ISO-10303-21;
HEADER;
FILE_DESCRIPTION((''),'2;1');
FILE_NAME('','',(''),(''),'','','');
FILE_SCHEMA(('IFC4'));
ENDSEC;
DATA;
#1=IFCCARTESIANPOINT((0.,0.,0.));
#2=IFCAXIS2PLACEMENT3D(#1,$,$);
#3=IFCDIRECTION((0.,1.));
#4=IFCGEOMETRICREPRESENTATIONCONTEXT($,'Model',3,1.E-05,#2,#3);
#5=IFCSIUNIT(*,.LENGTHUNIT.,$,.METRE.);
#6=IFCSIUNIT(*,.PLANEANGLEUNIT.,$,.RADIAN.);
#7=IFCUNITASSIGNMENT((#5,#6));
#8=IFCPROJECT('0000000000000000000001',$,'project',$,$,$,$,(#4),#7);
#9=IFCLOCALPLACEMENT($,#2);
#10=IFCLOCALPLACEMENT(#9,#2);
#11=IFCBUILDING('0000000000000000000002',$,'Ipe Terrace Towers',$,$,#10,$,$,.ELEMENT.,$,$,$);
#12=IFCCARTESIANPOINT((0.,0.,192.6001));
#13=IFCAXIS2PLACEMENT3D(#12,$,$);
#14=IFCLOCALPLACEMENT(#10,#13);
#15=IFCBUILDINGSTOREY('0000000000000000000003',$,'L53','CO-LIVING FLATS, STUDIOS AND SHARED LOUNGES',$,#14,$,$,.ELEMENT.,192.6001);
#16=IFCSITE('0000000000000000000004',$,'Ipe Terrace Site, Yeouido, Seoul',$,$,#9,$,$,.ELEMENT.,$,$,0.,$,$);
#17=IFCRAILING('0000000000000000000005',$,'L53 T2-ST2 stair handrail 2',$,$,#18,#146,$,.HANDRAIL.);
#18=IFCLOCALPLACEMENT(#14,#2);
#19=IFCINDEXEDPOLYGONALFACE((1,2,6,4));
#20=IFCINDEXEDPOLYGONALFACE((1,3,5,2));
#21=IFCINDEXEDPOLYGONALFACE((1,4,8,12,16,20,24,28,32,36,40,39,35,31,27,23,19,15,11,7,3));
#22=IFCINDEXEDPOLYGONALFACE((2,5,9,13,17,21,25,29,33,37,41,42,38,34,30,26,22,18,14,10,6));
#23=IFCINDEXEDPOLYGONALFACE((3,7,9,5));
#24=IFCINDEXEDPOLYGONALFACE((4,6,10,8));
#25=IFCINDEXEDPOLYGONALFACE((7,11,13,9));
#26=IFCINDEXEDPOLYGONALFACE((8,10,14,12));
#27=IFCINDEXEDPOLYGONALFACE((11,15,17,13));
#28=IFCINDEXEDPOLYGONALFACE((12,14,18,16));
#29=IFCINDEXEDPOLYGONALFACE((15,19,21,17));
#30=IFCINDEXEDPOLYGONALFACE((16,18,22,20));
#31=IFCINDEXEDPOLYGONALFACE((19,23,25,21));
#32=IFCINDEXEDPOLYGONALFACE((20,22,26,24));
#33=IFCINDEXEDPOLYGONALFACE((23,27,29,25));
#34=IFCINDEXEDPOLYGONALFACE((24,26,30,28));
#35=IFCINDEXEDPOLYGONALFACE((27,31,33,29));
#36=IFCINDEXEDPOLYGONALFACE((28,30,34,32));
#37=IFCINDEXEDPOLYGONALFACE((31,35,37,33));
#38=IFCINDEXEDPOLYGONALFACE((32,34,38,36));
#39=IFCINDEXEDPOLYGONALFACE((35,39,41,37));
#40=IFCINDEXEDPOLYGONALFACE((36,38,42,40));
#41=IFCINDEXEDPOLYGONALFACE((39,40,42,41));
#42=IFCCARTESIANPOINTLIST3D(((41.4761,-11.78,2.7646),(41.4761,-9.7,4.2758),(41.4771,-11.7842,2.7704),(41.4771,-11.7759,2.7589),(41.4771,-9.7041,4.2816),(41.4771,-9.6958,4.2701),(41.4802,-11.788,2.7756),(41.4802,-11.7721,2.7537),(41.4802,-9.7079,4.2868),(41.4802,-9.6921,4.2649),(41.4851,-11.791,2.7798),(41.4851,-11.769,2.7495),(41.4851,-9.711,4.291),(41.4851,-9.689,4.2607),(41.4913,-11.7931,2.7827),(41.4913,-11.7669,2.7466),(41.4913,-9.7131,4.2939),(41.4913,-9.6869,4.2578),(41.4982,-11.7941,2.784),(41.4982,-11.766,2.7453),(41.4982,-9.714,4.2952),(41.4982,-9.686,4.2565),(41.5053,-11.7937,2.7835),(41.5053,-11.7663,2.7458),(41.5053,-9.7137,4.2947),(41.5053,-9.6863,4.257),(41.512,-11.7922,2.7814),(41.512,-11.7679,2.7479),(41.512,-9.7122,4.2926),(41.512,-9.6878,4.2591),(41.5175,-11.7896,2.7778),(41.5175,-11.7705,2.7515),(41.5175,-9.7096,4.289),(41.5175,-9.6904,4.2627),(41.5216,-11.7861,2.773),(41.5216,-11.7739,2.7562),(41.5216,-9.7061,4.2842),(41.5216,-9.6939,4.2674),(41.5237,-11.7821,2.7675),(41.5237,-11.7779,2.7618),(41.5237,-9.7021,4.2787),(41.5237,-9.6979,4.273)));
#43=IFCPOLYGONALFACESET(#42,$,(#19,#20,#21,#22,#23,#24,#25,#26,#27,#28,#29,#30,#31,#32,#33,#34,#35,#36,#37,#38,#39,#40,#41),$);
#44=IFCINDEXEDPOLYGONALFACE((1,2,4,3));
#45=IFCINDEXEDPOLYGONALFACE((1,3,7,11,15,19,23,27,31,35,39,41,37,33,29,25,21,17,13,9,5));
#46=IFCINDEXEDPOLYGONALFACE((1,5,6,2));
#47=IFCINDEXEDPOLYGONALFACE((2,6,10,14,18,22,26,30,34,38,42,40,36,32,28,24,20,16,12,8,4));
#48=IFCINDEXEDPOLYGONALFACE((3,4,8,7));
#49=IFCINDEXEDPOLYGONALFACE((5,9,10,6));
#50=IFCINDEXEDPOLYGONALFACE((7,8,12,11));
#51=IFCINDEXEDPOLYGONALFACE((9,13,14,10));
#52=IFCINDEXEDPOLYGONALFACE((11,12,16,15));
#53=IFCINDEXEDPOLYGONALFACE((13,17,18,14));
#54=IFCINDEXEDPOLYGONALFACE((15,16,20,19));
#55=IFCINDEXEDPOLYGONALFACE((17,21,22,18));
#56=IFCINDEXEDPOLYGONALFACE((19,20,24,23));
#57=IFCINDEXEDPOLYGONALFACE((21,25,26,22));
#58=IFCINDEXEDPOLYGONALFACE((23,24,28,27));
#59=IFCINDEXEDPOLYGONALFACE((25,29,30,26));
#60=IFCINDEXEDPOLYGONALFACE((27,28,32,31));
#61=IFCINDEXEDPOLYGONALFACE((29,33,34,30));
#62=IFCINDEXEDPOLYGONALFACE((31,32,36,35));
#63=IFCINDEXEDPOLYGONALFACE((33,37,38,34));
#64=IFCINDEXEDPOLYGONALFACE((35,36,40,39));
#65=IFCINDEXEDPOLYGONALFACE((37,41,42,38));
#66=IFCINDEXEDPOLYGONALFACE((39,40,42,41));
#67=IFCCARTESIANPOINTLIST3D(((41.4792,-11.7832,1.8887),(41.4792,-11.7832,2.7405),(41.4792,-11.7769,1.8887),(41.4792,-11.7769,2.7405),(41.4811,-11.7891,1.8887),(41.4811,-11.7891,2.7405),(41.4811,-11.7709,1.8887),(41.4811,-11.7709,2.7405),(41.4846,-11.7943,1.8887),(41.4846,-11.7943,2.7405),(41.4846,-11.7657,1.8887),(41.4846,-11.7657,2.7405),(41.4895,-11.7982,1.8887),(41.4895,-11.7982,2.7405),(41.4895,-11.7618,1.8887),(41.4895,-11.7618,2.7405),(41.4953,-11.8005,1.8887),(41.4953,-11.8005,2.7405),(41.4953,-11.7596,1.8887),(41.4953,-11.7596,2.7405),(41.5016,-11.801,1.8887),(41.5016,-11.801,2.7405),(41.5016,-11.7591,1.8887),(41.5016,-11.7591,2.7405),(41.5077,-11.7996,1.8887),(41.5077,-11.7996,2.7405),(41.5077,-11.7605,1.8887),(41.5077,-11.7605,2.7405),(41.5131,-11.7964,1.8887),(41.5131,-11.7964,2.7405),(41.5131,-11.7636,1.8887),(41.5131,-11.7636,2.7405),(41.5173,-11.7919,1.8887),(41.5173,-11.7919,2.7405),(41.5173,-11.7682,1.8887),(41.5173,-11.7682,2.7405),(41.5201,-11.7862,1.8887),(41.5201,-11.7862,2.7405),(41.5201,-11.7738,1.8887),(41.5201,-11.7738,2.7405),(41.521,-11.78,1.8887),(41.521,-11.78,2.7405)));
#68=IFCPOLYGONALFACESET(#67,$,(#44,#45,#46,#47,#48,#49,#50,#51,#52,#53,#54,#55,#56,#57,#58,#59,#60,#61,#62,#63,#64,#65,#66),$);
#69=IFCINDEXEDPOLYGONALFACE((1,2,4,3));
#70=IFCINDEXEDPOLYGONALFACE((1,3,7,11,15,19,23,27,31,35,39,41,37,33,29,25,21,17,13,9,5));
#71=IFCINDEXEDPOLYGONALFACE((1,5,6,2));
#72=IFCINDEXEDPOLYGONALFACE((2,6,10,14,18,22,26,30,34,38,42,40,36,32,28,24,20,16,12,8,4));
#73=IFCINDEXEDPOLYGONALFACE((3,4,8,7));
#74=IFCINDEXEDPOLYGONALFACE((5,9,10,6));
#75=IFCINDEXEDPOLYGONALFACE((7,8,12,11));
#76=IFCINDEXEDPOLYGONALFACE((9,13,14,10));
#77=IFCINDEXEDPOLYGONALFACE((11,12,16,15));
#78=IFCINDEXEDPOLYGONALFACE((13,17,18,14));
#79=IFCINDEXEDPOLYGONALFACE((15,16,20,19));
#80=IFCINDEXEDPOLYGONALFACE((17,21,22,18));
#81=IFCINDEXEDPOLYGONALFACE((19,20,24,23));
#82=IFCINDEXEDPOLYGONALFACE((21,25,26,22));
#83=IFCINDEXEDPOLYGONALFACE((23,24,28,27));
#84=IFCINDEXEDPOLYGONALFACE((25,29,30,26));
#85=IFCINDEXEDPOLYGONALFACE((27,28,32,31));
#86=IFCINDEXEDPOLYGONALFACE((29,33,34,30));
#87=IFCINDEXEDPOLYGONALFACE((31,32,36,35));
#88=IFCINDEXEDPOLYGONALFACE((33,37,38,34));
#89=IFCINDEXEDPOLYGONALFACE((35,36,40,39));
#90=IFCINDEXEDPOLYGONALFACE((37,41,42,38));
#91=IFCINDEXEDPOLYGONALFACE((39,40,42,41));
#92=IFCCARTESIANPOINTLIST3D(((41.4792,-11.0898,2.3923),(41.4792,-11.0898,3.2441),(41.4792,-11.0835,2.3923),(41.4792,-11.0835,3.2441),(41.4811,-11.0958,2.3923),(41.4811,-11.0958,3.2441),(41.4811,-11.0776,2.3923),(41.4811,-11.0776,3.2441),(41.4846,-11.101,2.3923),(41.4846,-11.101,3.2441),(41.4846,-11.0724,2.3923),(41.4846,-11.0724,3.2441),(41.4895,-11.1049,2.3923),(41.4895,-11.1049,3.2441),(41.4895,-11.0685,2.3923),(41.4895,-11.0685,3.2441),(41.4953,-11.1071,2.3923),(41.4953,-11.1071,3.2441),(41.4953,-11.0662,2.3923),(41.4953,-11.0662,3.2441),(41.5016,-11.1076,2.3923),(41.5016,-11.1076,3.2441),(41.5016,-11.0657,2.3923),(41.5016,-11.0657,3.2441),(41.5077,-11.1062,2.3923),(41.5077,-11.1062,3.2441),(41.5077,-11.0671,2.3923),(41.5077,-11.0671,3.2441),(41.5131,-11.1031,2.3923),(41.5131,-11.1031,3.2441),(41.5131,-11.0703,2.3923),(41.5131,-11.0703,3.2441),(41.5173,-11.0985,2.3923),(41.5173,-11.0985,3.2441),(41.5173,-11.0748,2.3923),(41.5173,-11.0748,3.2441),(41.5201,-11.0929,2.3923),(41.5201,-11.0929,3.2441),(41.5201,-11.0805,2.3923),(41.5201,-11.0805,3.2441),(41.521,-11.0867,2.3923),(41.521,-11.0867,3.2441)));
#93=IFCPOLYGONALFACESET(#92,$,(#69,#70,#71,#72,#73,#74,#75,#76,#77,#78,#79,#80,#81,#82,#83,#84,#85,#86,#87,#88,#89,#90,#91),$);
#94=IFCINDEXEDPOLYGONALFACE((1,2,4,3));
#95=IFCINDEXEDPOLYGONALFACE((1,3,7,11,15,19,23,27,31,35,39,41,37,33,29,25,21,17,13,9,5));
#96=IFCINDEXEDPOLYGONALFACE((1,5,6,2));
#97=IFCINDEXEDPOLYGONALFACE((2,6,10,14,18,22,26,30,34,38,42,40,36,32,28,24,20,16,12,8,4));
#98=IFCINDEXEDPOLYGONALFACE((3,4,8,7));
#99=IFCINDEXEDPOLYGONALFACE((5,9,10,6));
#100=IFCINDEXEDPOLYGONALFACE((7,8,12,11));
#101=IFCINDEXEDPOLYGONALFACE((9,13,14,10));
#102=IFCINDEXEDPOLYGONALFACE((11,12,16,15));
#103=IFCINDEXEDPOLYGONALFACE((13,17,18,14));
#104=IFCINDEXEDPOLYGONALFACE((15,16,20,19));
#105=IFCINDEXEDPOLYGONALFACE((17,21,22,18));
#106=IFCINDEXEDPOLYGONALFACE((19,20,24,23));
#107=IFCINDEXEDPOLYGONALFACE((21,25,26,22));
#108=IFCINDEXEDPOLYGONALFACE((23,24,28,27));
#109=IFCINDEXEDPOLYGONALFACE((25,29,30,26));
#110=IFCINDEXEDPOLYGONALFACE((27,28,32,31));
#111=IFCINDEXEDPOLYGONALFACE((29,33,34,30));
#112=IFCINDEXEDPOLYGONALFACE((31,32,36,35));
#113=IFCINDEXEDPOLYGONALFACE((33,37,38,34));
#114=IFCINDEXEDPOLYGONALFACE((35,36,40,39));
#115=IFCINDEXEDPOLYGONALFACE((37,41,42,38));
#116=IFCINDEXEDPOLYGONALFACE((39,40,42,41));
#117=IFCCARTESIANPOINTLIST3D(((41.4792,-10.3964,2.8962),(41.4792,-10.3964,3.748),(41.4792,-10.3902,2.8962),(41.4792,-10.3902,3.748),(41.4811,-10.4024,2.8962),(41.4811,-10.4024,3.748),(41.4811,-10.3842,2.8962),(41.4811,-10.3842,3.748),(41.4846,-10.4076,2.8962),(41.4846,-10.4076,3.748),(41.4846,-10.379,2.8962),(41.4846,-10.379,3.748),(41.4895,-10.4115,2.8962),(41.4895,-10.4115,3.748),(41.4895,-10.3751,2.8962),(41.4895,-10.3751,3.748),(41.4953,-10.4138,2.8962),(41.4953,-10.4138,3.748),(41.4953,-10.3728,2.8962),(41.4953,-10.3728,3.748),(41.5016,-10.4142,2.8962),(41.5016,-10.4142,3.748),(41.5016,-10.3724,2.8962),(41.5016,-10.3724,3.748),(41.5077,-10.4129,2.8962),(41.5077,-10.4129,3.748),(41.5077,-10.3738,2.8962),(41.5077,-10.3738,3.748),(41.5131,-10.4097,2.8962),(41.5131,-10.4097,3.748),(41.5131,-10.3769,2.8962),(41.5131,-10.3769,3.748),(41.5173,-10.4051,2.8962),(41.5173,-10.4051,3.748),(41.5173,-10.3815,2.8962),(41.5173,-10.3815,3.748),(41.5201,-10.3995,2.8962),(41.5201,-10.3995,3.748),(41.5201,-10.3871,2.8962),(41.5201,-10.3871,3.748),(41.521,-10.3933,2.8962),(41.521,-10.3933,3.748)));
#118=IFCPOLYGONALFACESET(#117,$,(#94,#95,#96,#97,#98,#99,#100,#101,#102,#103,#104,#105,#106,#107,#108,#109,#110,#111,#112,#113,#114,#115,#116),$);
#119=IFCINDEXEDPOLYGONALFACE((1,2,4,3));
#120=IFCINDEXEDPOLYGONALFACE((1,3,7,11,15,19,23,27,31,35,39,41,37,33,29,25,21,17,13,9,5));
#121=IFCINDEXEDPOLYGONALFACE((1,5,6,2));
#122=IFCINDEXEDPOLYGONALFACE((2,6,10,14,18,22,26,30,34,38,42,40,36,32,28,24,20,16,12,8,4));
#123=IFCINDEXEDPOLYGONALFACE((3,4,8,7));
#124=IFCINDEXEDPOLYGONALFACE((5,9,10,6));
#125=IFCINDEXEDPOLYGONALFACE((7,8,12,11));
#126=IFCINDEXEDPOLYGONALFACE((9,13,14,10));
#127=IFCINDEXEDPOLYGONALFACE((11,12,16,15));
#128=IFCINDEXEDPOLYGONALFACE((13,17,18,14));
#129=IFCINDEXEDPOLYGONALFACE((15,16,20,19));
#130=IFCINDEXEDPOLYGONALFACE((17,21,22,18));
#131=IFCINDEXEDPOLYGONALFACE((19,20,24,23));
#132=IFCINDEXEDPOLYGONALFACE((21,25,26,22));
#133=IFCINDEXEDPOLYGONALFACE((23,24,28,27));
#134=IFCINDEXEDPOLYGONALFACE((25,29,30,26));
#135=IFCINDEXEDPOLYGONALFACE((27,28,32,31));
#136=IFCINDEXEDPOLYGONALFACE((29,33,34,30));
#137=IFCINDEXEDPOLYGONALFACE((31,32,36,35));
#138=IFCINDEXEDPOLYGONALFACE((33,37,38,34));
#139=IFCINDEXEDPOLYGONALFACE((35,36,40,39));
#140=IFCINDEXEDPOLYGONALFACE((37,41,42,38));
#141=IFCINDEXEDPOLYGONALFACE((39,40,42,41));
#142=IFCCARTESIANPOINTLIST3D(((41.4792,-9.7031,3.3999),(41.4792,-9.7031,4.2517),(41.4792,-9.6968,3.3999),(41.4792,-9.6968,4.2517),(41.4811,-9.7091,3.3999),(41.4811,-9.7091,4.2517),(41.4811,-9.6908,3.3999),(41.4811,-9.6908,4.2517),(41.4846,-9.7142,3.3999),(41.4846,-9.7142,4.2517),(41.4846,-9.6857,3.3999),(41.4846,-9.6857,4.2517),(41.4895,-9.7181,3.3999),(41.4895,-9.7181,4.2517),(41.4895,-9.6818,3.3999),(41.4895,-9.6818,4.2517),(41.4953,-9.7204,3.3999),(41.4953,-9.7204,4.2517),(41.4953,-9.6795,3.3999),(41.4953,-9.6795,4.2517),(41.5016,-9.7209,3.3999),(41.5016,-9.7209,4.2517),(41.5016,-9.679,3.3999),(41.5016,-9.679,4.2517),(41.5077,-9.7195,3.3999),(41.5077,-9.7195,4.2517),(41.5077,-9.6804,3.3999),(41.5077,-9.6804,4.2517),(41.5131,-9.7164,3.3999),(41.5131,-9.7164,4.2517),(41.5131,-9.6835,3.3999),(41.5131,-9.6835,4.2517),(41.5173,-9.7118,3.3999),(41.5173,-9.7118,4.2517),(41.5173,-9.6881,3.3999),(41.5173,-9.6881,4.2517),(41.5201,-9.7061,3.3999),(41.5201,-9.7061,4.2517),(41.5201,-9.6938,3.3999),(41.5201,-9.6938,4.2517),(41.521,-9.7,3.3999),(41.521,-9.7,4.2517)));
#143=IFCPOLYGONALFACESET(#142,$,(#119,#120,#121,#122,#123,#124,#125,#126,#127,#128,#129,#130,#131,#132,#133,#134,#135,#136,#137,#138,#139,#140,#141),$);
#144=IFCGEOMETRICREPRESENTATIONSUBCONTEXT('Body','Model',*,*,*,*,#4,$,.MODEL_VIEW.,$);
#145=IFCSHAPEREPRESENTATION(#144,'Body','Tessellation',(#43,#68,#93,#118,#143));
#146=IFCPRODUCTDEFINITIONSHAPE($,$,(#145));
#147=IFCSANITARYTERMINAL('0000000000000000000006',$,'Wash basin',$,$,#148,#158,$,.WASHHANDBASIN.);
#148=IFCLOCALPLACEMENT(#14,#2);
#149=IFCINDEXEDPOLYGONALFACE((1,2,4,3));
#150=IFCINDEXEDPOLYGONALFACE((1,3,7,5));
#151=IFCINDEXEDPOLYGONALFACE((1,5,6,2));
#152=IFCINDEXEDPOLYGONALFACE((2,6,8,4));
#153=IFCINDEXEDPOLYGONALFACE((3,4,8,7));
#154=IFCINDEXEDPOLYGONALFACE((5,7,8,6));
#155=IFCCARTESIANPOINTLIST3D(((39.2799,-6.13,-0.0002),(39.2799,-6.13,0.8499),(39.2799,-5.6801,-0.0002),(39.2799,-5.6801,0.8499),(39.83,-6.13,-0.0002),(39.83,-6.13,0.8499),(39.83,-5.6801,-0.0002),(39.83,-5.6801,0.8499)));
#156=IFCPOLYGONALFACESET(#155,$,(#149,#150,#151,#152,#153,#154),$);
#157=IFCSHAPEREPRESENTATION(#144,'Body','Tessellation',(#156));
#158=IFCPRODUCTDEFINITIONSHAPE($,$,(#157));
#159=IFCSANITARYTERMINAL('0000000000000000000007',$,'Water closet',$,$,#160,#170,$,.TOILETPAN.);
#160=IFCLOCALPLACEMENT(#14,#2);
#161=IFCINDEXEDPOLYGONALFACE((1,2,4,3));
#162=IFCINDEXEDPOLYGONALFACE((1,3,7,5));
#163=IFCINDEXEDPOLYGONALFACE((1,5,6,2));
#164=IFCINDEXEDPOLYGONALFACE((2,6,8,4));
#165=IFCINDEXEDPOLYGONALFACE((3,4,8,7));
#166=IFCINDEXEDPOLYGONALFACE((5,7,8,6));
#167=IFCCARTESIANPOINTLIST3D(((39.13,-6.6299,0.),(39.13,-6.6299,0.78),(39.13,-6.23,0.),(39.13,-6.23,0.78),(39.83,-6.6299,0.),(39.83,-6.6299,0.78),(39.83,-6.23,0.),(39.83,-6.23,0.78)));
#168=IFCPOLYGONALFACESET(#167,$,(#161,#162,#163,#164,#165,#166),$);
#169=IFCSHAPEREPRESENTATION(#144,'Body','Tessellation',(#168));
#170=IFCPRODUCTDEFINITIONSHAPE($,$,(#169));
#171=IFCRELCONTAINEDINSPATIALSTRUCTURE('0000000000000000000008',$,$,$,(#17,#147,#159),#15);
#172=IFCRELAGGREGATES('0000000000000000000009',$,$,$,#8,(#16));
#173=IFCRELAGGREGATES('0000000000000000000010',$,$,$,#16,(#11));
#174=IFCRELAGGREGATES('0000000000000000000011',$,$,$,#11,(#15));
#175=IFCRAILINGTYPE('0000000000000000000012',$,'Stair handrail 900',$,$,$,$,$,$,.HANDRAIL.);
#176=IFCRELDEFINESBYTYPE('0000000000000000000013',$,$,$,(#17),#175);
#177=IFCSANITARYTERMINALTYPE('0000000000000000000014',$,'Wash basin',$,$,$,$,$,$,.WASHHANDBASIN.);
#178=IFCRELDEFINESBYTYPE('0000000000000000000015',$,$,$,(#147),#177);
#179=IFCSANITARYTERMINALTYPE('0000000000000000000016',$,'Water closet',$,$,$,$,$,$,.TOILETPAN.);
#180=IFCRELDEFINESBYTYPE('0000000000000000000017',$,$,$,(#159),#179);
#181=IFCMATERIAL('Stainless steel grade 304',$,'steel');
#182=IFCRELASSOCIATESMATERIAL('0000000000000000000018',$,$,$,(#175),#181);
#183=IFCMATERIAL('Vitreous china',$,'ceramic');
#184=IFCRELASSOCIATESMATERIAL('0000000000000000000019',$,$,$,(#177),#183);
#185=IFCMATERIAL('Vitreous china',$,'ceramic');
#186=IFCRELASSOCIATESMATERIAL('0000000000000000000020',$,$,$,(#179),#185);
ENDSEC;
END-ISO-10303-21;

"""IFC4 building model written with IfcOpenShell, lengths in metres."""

from ifc_helpers import new_model, si_unit, direction, frame, origin, origin_2d, place, context, subcontext, project, spatial, rectangle, circle, extrude, material, type_object, element, save


model = new_model("IFC4")

# Units and contexts
model_context = context("Model", 3, precision=1e-05, world=origin(), true_north=direction((0.0, 1.0)))
body_context = subcontext(model_context, "Body", "Model", "MODEL_VIEW")
ifc_project = project(units=[si_unit("LENGTHUNIT", "METRE"), si_unit("PLANEANGLEUNIT", "RADIAN")], contexts=[model_context])

# Site, building, storey
site_placement = place(None, origin())
site = spatial("IfcSite", under=ifc_project, at=site_placement, Name="Ipe Terrace Site, Yeouido, Seoul", CompositionType="ELEMENT", RefElevation=0.0)
building_placement = place(site_placement, origin())
building = spatial("IfcBuilding", under=site, at=building_placement, Name="Ipe Terrace Towers", CompositionType="ELEMENT")
storey_placement = place(building_placement, frame((0.0, 0.0, 192.6001)))
storey = spatial("IfcBuildingStorey", under=building, at=storey_placement, Name="L53", Description="CO-LIVING FLATS, STUDIOS AND SHARED LOUNGES", CompositionType="ELEMENT", Elevation=192.6001)

# Railing
ifc_material_1 = material(Name="Stainless steel grade 304", Category="steel")
railing_type_1 = type_object("IfcRailingType", Name="Stair handrail 900", PredefinedType="HANDRAIL", material=ifc_material_1)
railing_1_placement = place(storey_placement, frame((41.5, -11.78, 1.8887)))
element("IfcRailing", 1, at=railing_1_placement, inside=storey, type_object=railing_type_1, Name="L53 T2-ST2 stair handrail 2", PredefinedType="HANDRAIL", context=body_context, shape_type="SweptSolid", body=[
    extrude(circle(Radius=0.0239, at=origin_2d()), frame((0.0, 0.0, 0.876), z_axis=(0.0, 0.809023, 0.587776), x_axis=(-1.0, 0.0, 0.0)), (0.0, 0.0, 1.0), 2.571),
    extrude(circle(Radius=0.021, at=origin_2d()), origin(), (0.0, 0.0, 1.0), 0.8518),
    extrude(circle(Radius=0.021, at=origin_2d()), frame((0.0, 0.6934, 0.5037)), (0.0, 0.0, 1.0), 0.8518),
    extrude(circle(Radius=0.021, at=origin_2d()), frame((0.0, 1.3867, 1.0076)), (0.0, 0.0, 1.0), 0.8518),
    extrude(circle(Radius=0.021, at=origin_2d()), frame((0.0, 2.0801, 1.5112)), (0.0, 0.0, 1.0), 0.8518),
])

# Sanitary terminals
ifc_material_2 = material(Name="Vitreous china", Category="ceramic")
sanitary_terminal_type_1 = type_object("IfcSanitaryTerminalType", Name="Wash basin", PredefinedType="WASHHANDBASIN", material=ifc_material_2)
sanitary_terminal_1_placement = place(storey_placement, frame((39.5549, -5.905, -0.0002), z_axis=(0.0, 0.0, 1.0), x_axis=(-1.0, 0.0, 0.0)))
element("IfcSanitaryTerminal", 2, at=sanitary_terminal_1_placement, inside=storey, type_object=sanitary_terminal_type_1, Name="Wash basin", PredefinedType="WASHHANDBASIN", context=body_context, shape_type="SweptSolid", body=[
    extrude(rectangle(XDim=0.55, YDim=0.45, at=origin_2d()), origin(), (0.0, 0.0, 1.0), 0.8501),
])
ifc_material_3 = material(Name="Vitreous china", Category="ceramic")
sanitary_terminal_type_2 = type_object("IfcSanitaryTerminalType", Name="Water closet", PredefinedType="TOILETPAN", material=ifc_material_3)
sanitary_terminal_2_placement = place(storey_placement, frame((39.48, -6.4299, 0.0), z_axis=(0.0, 0.0, 1.0), x_axis=(-1.0, 0.0, 0.0)))
element("IfcSanitaryTerminal", 3, at=sanitary_terminal_2_placement, inside=storey, type_object=sanitary_terminal_type_2, Name="Water closet", PredefinedType="TOILETPAN", context=body_context, shape_type="SweptSolid", body=[
    extrude(rectangle(XDim=0.7, YDim=0.3999, at=origin_2d()), origin(), (0.0, 0.0, 1.0), 0.78),
])

save(model, "model.ifc")
